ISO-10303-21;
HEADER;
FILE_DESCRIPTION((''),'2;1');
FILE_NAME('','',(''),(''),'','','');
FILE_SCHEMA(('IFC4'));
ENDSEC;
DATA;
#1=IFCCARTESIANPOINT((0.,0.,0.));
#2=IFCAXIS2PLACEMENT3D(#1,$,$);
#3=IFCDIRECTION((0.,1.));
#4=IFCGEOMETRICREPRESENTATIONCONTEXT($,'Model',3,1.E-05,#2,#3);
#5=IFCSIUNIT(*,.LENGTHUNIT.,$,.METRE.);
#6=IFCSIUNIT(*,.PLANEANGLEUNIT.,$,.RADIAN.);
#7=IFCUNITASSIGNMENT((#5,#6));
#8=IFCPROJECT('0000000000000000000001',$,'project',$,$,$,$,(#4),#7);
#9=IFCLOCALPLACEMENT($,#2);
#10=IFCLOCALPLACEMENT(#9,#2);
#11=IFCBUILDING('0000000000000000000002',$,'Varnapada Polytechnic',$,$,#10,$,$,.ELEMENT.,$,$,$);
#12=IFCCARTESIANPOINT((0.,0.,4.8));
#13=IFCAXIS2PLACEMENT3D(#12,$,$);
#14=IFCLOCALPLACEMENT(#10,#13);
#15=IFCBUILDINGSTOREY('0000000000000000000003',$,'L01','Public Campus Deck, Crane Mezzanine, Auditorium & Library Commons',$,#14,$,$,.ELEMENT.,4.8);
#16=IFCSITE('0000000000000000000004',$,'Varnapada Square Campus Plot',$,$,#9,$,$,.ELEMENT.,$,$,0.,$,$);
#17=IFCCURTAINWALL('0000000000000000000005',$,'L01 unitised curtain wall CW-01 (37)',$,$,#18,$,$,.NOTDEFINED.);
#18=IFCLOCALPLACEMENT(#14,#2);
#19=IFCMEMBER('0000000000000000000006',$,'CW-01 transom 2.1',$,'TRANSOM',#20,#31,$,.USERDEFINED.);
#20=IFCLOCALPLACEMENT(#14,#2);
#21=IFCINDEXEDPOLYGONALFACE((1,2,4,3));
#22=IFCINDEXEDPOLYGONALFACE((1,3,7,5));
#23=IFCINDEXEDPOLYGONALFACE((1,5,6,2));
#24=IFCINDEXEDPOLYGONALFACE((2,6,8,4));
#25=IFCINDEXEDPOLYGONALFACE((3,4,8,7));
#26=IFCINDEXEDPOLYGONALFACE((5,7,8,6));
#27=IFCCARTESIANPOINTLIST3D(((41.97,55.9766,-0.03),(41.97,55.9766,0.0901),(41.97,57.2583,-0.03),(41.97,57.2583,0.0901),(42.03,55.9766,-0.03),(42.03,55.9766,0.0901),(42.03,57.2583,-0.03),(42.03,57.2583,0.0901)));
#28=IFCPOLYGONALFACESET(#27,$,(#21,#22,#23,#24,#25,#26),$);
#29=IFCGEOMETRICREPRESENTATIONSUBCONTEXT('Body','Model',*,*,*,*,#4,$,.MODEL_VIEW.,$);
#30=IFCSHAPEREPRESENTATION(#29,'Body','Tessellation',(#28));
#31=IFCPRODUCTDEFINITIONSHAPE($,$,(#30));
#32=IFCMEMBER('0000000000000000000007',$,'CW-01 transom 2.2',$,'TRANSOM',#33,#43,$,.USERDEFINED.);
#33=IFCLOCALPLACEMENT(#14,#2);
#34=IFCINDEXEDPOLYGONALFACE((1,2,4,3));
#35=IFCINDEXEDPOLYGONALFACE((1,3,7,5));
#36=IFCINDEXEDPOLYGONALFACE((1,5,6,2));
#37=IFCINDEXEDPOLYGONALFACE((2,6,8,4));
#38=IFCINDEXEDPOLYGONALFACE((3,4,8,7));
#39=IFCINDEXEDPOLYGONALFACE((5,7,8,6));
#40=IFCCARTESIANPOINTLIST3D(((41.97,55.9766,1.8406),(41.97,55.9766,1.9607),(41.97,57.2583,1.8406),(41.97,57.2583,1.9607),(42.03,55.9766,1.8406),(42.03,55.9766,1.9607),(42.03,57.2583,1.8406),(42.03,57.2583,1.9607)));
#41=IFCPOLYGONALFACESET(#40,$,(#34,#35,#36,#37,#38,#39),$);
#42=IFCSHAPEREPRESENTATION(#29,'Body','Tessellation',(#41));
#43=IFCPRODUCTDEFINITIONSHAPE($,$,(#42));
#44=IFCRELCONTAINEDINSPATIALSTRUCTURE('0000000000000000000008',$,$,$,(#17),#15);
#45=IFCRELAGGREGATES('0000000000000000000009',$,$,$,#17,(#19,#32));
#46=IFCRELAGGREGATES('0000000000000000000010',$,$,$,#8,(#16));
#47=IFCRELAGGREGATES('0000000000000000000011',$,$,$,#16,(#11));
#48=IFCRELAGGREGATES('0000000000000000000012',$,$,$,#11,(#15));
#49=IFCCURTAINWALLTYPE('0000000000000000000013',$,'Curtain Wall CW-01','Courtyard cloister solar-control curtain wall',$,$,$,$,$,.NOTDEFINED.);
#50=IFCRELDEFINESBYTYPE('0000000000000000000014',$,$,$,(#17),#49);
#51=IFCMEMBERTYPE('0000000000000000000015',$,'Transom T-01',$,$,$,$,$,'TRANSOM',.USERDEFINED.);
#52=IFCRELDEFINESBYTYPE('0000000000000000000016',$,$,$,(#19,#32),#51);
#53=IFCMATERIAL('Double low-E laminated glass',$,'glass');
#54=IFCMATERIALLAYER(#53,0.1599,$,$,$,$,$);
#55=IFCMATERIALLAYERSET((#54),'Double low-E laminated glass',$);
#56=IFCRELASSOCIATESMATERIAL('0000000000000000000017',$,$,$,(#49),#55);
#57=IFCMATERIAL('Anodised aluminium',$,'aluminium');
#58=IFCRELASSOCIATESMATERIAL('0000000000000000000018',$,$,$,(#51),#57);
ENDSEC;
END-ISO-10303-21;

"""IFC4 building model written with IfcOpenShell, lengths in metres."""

from ifc_helpers import new_model, si_unit, direction, frame, origin, origin_2d, place, context, subcontext, project, spatial, rectangle, extrude, material, layer, layer_set, material_profile, profile_set, type_object, element, aggregate, save


model = new_model("IFC4")

# Units and contexts
model_context = context("Model", 3, precision=1e-05, world=origin(), true_north=direction((0.0, 1.0)))
body_context = subcontext(model_context, "Body", "Model", "MODEL_VIEW")
ifc_project = project(units=[si_unit("LENGTHUNIT", "METRE"), si_unit("PLANEANGLEUNIT", "RADIAN")], contexts=[model_context])

# Site, building, storey
site_placement = place(None, origin())
site = spatial("IfcSite", under=ifc_project, at=site_placement, Name="Varnapada Square Campus Plot", CompositionType="ELEMENT", RefElevation=0.0)
building_placement = place(site_placement, origin())
building = spatial("IfcBuilding", under=site, at=building_placement, Name="Varnapada Polytechnic", CompositionType="ELEMENT")
storey_placement = place(building_placement, frame((0.0, 0.0, 4.8)))
storey = spatial("IfcBuildingStorey", under=building, at=storey_placement, Name="L01", Description="Public Campus Deck, Crane Mezzanine, Auditorium & Library Commons", CompositionType="ELEMENT", Elevation=4.8)

# Curtain wall, members
ifc_material_1 = material(Name="Double low-E laminated glass", Category="glass")
ifc_layer_1 = layer(ifc_material_1, 0.1599)
ifc_layer_set_1 = layer_set([ifc_layer_1], Name="Double low-E laminated glass")
curtain_wall_type = type_object("IfcCurtainWallType", Name="Curtain Wall CW-01", Description="Courtyard cloister solar-control curtain wall", PredefinedType="NOTDEFINED", material=ifc_layer_set_1)
curtain_wall_placement = place(storey_placement, origin())
curtain_wall = element("IfcCurtainWall", 1, at=curtain_wall_placement, inside=storey, type_object=curtain_wall_type, Name="L01 unitised curtain wall CW-01 (37)", PredefinedType="NOTDEFINED")
ifc_material_2 = material(Name="Anodised aluminium", Category="aluminium")
ifc_material_profile = material_profile(ifc_material_2, rectangle(XDim=0.0601, YDim=0.1201, at=origin_2d()), Name="ALU T60x120")
ifc_profile_set = profile_set([ifc_material_profile], Name="Anodised aluminium")
member_type = type_object("IfcMemberType", Name="Transom T-01", ElementType="TRANSOM", PredefinedType="USERDEFINED", material=ifc_profile_set)
member_1_placement = place(storey_placement, frame((42.0, 57.2583, 0.03), z_axis=(0.0, -1.0, 0.0), x_axis=(1.0, 0.0, 0.0)))
member_1 = element("IfcMember", 2, at=member_1_placement, type_object=member_type, Name="CW-01 transom 2.1", ObjectType="TRANSOM", PredefinedType="USERDEFINED", context=body_context, shape_type="SweptSolid", body=[
    extrude(rectangle(XDim=0.0601, YDim=0.1201, at=origin_2d()), origin(), (0.0, 0.0, 1.0), 1.2817),
])
member_2_placement = place(storey_placement, frame((42.0, 57.2583, 1.9006), z_axis=(0.0, -1.0, 0.0), x_axis=(1.0, 0.0, 0.0)))
member_2 = element("IfcMember", 3, at=member_2_placement, type_object=member_type, Name="CW-01 transom 2.2", ObjectType="TRANSOM", PredefinedType="USERDEFINED", context=body_context, shape_type="SweptSolid", body=[
    extrude(rectangle(XDim=0.0601, YDim=0.1201, at=origin_2d()), origin(), (0.0, 0.0, 1.0), 1.2817),
])
aggregate(curtain_wall, [member_1, member_2])

save(model, "model.ifc")
